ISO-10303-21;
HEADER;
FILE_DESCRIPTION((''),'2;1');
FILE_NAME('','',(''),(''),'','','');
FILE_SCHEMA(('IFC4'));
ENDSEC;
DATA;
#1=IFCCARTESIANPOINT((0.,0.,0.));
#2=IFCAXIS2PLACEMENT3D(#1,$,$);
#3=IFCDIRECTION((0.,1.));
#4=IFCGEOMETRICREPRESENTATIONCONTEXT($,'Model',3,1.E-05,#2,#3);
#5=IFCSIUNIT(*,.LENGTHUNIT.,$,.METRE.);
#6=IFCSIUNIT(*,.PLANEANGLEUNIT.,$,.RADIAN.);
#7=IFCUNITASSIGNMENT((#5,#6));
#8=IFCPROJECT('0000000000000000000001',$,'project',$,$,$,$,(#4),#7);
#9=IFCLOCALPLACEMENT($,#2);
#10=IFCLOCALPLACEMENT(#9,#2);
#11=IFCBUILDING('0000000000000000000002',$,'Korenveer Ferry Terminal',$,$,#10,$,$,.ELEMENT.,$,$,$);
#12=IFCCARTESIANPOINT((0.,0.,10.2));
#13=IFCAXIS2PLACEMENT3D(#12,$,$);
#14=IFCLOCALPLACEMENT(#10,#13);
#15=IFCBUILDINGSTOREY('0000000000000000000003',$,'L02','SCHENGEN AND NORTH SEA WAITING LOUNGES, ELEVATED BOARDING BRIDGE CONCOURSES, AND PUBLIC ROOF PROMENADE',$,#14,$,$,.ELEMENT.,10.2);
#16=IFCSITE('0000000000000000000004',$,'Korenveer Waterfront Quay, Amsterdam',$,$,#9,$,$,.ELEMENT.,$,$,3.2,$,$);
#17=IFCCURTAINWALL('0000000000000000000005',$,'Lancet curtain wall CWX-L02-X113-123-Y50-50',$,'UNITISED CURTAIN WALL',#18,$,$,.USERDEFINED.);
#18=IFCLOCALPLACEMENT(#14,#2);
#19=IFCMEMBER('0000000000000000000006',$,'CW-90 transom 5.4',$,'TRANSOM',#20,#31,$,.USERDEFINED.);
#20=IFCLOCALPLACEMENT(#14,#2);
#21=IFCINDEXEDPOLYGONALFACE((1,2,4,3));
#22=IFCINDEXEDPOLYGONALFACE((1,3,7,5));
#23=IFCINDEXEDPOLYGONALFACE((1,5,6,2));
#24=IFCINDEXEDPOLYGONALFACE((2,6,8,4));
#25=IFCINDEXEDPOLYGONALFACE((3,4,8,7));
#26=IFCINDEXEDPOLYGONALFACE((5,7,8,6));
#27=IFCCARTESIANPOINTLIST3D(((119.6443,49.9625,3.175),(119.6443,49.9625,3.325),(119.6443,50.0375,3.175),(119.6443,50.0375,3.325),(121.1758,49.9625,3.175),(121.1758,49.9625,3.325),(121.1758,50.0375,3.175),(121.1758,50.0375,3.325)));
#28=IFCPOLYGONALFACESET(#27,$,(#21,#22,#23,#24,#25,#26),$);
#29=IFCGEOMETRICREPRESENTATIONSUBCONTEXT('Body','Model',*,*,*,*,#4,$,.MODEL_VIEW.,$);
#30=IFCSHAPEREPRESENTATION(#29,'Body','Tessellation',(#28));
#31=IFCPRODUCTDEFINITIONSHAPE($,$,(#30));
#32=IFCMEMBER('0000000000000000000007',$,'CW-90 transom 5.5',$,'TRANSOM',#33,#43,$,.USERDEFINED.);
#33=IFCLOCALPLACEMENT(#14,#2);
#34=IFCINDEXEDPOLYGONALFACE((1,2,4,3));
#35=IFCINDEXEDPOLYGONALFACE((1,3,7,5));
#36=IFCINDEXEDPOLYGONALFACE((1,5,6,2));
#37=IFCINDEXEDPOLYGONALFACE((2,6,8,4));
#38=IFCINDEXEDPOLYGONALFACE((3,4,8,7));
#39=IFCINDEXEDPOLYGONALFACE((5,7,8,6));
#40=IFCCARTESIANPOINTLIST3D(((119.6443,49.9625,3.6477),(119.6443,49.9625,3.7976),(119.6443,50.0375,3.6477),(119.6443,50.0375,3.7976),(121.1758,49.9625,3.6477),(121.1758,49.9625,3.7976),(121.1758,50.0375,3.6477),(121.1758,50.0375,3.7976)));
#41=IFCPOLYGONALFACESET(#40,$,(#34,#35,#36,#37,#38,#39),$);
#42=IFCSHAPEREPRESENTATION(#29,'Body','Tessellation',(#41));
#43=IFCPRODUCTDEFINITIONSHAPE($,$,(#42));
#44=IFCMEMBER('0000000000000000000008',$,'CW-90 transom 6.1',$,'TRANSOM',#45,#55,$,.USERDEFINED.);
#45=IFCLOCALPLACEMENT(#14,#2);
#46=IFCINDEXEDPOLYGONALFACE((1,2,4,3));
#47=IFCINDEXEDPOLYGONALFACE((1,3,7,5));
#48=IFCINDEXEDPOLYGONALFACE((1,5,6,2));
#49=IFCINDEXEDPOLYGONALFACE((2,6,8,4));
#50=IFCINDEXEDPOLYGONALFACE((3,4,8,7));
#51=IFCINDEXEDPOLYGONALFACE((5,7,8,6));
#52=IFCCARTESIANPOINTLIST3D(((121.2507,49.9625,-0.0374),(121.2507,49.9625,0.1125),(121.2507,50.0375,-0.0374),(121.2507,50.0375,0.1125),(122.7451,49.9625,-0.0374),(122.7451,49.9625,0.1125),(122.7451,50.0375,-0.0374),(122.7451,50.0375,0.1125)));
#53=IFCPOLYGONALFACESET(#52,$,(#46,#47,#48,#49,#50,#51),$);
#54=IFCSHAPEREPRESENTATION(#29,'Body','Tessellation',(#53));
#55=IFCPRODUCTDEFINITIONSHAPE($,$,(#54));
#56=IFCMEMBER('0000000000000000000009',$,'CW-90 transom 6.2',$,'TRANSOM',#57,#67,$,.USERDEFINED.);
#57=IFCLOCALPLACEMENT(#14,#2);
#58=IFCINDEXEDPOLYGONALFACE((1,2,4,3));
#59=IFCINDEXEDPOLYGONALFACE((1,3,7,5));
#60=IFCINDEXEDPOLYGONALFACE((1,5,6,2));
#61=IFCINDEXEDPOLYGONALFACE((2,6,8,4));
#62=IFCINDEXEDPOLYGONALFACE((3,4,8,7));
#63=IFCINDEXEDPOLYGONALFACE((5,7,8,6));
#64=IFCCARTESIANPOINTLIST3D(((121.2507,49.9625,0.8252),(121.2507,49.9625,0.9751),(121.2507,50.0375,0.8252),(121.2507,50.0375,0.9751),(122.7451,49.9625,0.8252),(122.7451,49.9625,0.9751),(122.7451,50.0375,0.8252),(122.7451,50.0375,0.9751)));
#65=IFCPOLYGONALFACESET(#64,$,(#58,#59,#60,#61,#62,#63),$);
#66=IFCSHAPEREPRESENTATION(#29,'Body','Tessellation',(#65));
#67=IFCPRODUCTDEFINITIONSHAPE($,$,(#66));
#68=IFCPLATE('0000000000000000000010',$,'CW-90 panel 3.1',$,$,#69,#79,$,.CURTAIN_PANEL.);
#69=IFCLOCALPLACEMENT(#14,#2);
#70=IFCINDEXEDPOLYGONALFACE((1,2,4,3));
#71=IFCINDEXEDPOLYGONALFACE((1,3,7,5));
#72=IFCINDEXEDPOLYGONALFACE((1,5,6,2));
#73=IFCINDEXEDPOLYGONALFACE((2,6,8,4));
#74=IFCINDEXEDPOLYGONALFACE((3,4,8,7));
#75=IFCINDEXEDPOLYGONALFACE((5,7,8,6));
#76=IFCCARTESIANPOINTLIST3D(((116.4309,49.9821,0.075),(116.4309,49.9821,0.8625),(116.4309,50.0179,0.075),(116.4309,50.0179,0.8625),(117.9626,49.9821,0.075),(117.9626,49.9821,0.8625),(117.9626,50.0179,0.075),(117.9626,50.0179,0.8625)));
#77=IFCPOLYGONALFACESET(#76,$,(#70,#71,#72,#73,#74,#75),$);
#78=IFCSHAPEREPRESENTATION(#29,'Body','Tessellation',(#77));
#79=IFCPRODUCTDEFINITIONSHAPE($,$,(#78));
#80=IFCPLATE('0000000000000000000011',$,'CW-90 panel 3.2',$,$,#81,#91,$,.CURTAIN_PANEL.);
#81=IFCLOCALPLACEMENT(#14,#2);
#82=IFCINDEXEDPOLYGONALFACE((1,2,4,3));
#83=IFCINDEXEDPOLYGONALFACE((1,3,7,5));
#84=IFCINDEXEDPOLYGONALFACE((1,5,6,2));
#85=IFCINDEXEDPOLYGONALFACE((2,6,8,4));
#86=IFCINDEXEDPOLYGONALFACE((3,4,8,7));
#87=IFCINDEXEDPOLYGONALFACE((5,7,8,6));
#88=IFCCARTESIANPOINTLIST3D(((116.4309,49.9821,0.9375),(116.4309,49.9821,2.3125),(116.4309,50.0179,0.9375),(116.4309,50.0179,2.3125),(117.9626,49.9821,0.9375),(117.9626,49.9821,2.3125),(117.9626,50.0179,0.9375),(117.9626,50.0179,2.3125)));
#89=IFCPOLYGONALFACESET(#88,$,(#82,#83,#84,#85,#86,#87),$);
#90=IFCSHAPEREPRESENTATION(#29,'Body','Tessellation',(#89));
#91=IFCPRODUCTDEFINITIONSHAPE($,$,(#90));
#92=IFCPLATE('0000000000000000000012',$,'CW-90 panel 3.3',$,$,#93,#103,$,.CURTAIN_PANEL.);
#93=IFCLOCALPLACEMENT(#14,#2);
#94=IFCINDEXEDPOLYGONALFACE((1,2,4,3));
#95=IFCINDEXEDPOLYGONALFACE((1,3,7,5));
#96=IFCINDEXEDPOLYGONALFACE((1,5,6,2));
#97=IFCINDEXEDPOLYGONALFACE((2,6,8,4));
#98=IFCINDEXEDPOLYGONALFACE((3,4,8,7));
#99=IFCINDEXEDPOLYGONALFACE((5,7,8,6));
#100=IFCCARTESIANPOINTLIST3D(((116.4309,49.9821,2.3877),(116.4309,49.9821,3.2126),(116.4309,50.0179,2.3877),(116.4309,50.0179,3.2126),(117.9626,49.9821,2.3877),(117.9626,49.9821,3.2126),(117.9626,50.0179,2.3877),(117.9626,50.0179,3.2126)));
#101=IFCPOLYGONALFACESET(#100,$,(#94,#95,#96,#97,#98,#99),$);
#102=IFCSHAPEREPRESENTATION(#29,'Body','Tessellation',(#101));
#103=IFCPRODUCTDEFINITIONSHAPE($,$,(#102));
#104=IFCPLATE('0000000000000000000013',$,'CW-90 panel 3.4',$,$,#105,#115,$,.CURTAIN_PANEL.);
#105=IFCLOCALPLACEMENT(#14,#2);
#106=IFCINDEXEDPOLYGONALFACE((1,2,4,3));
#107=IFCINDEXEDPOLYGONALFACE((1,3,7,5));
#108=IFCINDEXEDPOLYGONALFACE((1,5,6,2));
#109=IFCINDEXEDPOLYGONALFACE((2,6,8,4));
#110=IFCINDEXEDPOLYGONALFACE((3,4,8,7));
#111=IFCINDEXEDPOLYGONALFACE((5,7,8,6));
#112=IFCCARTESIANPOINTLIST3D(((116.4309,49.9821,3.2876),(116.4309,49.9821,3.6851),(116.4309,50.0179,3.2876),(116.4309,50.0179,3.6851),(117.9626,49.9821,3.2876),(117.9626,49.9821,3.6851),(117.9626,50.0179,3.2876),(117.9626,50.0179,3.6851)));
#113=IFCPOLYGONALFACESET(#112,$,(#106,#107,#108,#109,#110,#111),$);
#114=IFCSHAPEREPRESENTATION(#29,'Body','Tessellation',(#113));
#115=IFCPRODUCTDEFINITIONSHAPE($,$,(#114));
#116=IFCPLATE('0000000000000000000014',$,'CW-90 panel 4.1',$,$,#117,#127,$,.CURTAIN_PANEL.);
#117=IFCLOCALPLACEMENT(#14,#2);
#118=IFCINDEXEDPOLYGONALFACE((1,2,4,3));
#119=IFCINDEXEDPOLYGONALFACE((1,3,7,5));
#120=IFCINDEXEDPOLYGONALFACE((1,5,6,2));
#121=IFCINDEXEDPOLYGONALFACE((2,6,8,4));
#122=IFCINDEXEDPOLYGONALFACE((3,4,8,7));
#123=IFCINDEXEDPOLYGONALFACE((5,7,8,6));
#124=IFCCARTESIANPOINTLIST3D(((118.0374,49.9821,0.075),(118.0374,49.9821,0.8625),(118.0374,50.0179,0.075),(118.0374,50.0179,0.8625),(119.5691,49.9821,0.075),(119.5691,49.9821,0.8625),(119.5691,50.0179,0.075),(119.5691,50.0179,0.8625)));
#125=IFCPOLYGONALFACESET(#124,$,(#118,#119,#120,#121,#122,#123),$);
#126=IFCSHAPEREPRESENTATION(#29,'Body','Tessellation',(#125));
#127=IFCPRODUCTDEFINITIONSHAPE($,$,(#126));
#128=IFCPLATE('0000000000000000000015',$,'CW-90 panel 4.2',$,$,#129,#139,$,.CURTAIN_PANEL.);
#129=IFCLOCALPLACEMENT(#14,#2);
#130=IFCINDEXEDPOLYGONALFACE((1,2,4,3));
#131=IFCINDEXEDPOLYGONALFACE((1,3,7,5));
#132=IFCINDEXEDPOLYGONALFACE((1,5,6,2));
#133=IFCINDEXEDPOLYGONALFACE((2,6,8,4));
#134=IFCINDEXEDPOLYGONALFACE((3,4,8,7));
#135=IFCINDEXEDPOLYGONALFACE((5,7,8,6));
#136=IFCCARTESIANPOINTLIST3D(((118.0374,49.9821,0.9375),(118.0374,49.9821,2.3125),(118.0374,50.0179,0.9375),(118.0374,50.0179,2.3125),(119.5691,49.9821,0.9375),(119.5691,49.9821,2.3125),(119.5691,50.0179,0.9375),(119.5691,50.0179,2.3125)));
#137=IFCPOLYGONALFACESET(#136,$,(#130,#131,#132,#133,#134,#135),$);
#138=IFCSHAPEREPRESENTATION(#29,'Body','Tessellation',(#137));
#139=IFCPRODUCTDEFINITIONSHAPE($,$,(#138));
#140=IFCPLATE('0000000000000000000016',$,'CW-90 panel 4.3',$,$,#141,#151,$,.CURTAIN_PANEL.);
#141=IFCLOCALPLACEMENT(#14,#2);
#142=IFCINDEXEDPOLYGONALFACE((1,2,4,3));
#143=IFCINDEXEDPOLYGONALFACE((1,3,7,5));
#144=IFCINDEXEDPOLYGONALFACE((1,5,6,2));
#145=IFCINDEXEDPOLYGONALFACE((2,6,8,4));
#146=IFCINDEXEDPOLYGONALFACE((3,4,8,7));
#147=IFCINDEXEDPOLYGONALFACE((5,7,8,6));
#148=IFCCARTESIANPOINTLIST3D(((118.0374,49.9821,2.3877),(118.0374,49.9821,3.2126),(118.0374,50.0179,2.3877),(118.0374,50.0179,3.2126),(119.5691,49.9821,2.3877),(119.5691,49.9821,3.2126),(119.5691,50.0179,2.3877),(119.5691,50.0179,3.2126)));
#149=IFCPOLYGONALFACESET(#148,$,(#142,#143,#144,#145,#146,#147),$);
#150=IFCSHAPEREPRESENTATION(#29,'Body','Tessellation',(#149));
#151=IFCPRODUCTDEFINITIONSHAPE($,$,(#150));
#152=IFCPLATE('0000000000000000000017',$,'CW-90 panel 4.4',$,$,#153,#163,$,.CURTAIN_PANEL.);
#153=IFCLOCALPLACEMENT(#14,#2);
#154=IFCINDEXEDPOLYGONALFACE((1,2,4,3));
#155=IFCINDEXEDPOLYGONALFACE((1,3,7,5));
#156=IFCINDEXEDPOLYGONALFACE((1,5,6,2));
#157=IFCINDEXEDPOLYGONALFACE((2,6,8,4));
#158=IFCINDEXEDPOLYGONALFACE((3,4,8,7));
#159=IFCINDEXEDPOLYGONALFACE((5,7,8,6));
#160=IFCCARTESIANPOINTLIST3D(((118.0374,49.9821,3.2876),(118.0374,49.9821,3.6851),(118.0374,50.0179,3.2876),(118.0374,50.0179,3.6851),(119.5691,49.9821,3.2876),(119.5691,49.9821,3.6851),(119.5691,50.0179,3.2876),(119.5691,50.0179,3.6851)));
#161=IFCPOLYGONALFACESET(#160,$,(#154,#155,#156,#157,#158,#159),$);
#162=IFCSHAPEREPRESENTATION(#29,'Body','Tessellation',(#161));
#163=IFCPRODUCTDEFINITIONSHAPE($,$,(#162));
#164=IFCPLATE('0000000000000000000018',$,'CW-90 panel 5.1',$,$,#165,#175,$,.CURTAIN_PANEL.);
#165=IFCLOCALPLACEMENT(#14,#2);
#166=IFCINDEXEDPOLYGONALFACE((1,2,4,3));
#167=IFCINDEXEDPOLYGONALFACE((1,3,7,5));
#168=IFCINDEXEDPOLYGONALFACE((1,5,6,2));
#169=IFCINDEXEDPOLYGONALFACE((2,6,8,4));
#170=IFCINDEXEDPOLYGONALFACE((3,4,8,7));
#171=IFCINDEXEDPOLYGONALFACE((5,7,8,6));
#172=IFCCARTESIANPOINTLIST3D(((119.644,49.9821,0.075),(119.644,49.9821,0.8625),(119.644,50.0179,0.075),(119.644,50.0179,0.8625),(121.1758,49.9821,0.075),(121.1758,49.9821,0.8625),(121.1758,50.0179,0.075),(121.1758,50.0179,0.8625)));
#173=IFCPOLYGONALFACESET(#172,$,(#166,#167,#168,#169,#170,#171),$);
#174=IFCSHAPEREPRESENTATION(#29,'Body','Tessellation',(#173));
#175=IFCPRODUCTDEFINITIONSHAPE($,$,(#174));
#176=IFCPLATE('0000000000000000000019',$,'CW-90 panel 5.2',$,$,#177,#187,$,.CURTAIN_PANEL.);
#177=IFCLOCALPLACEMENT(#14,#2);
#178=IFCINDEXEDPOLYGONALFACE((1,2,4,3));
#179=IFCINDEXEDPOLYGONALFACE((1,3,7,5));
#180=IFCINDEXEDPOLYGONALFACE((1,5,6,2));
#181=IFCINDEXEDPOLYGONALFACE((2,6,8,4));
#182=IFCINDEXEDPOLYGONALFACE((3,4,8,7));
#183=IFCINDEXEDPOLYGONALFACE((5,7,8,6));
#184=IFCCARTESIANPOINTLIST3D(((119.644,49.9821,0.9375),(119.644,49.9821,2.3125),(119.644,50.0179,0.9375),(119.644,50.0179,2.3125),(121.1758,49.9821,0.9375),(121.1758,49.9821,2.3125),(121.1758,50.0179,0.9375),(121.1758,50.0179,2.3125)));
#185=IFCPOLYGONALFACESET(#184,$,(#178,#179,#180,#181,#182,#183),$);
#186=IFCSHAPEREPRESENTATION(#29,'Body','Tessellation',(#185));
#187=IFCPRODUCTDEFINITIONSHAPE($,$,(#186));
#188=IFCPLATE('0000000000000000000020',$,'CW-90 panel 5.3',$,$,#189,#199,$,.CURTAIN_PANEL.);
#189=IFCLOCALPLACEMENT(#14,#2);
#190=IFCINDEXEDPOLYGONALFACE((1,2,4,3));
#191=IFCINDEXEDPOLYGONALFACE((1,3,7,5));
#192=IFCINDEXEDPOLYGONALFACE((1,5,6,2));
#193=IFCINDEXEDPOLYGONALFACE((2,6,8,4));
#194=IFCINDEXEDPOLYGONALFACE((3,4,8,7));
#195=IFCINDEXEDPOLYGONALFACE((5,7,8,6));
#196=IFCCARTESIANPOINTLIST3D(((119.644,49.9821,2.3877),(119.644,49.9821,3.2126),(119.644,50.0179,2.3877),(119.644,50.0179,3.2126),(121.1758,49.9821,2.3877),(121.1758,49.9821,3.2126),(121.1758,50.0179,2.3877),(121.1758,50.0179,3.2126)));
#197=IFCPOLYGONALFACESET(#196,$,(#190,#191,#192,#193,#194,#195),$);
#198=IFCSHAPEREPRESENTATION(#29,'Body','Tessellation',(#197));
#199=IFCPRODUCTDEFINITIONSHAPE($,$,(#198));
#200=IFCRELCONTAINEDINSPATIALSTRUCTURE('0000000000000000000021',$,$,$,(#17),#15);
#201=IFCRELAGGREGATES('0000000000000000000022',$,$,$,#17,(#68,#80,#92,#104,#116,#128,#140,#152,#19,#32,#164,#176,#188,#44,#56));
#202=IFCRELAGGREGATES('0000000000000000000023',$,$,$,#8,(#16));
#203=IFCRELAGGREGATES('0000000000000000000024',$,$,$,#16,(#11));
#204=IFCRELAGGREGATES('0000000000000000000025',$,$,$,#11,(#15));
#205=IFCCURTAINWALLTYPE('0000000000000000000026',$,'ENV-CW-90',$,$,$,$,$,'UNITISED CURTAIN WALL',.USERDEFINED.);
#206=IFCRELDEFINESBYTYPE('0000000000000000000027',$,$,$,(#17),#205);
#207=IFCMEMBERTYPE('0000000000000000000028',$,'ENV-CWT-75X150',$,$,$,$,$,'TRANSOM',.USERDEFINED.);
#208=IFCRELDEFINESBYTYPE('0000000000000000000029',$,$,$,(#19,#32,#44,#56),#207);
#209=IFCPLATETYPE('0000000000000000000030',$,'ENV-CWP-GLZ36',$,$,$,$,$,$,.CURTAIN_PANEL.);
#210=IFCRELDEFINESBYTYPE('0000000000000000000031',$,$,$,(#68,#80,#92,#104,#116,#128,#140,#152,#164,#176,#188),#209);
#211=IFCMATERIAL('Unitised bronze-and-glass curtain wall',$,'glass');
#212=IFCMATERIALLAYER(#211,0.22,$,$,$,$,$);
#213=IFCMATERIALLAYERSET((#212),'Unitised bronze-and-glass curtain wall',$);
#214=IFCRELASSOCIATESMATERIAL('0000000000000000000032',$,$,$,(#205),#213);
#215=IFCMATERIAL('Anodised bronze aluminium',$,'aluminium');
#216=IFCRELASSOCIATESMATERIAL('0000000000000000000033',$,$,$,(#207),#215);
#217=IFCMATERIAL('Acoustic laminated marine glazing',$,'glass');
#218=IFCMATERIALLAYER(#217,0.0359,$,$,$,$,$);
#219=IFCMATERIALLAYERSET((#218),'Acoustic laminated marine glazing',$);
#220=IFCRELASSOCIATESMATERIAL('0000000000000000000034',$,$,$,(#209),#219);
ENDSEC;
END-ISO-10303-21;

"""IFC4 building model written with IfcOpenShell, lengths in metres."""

from ifc_helpers import new_model, si_unit, direction, frame, origin, origin_2d, place, context, subcontext, project, spatial, rectangle, extrude, material, layer, layer_set, material_profile, profile_set, type_object, element, aggregate, save


model = new_model("IFC4")

# Units and contexts
model_context = context("Model", 3, precision=1e-05, world=origin(), true_north=direction((0.0, 1.0)))
body_context = subcontext(model_context, "Body", "Model", "MODEL_VIEW")
ifc_project = project(units=[si_unit("LENGTHUNIT", "METRE"), si_unit("PLANEANGLEUNIT", "RADIAN")], contexts=[model_context])

# Site, building, storey
site_placement = place(None, origin())
site = spatial("IfcSite", under=ifc_project, at=site_placement, Name="Korenveer Waterfront Quay, Amsterdam", CompositionType="ELEMENT", RefElevation=3.2)
building_placement = place(site_placement, origin())
building = spatial("IfcBuilding", under=site, at=building_placement, Name="Korenveer Ferry Terminal", CompositionType="ELEMENT")
storey_placement = place(building_placement, frame((0.0, 0.0, 10.2)))
storey = spatial("IfcBuildingStorey", under=building, at=storey_placement, Name="L02", Description="SCHENGEN AND NORTH SEA WAITING LOUNGES, ELEVATED BOARDING BRIDGE CONCOURSES, AND PUBLIC ROOF PROMENADE", CompositionType="ELEMENT", Elevation=10.2)

# Curtain wall, members, plates
ifc_material_1 = material(Name="Unitised bronze-and-glass curtain wall", Category="glass")
ifc_layer_1 = layer(ifc_material_1, 0.22)
ifc_layer_set_1 = layer_set([ifc_layer_1], Name="Unitised bronze-and-glass curtain wall")
curtain_wall_type = type_object("IfcCurtainWallType", Name="ENV-CW-90", ElementType="UNITISED CURTAIN WALL", PredefinedType="USERDEFINED", material=ifc_layer_set_1)
curtain_wall_placement = place(storey_placement, frame((113.1799, 50.0, 0.0)))
curtain_wall = element("IfcCurtainWall", 1, at=curtain_wall_placement, inside=storey, type_object=curtain_wall_type, Name="Lancet curtain wall CWX-L02-X113-123-Y50-50", ObjectType="UNITISED CURTAIN WALL", PredefinedType="USERDEFINED")
ifc_material_2 = material(Name="Anodised bronze aluminium", Category="aluminium")
ifc_material_profile_1 = material_profile(ifc_material_2, rectangle(XDim=0.075, YDim=0.1499, at=origin_2d()), Name="ALU 75x150")
ifc_profile_set_1 = profile_set([ifc_material_profile_1], Name="Anodised bronze aluminium")
member_type_1 = type_object("IfcMemberType", Name="ENV-CWT-75X150", ElementType="TRANSOM", PredefinedType="USERDEFINED", material=ifc_profile_set_1)
member_1_placement = place(storey_placement, frame((119.6443, 50.0, 3.25), z_axis=(1.0, 0.0, 0.0), x_axis=(0.0, 1.0, 0.0)))
member_1 = element("IfcMember", 2, at=member_1_placement, type_object=member_type_1, Name="CW-90 transom 5.4", ObjectType="TRANSOM", PredefinedType="USERDEFINED", context=body_context, shape_type="SweptSolid", body=[
    extrude(rectangle(XDim=0.075, YDim=0.1499, at=origin_2d()), origin(), (0.0, 0.0, 1.0), 1.5315),
])
member_2_placement = place(storey_placement, frame((119.6443, 50.0, 3.7227), z_axis=(1.0, 0.0, 0.0), x_axis=(0.0, 1.0, 0.0)))
member_2 = element("IfcMember", 3, at=member_2_placement, type_object=member_type_1, Name="CW-90 transom 5.5", ObjectType="TRANSOM", PredefinedType="USERDEFINED", context=body_context, shape_type="SweptSolid", body=[
    extrude(rectangle(XDim=0.075, YDim=0.1499, at=origin_2d()), origin(), (0.0, 0.0, 1.0), 1.5315),
])
member_3_placement = place(storey_placement, frame((121.2507, 50.0, 0.0376), z_axis=(1.0, 0.0, 0.0), x_axis=(0.0, 1.0, 0.0)))
member_3 = element("IfcMember", 4, at=member_3_placement, type_object=member_type_1, Name="CW-90 transom 6.1", ObjectType="TRANSOM", PredefinedType="USERDEFINED", context=body_context, shape_type="SweptSolid", body=[
    extrude(rectangle(XDim=0.075, YDim=0.1499, at=origin_2d()), origin(), (0.0, 0.0, 1.0), 1.4944),
])
member_4_placement = place(storey_placement, frame((121.2507, 50.0, 0.9001), z_axis=(1.0, 0.0, 0.0), x_axis=(0.0, 1.0, 0.0)))
member_4 = element("IfcMember", 5, at=member_4_placement, type_object=member_type_1, Name="CW-90 transom 6.2", ObjectType="TRANSOM", PredefinedType="USERDEFINED", context=body_context, shape_type="SweptSolid", body=[
    extrude(rectangle(XDim=0.075, YDim=0.1499, at=origin_2d()), origin(), (0.0, 0.0, 1.0), 1.4944),
])
ifc_material_3 = material(Name="Acoustic laminated marine glazing", Category="glass")
ifc_layer_2 = layer(ifc_material_3, 0.0359)
ifc_layer_set_2 = layer_set([ifc_layer_2], Name="Acoustic laminated marine glazing")
plate_type = type_object("IfcPlateType", Name="ENV-CWP-GLZ36", PredefinedType="CURTAIN_PANEL", material=ifc_layer_set_2)
plate_1_placement = place(storey_placement, frame((117.1968, 50.0, 0.075), z_axis=(0.0, 0.0, 1.0), x_axis=(1.0, 0.0, 0.0)))
plate_1 = element("IfcPlate", 6, at=plate_1_placement, type_object=plate_type, Name="CW-90 panel 3.1", PredefinedType="CURTAIN_PANEL", context=body_context, shape_type="SweptSolid", body=[
    extrude(rectangle(XDim=1.5317, YDim=0.0359, at=origin_2d()), origin(), (0.0, 0.0, 1.0), 0.7876),
])
plate_2_placement = place(storey_placement, frame((117.1968, 50.0, 0.9375), z_axis=(0.0, 0.0, 1.0), x_axis=(1.0, 0.0, 0.0)))
plate_2 = element("IfcPlate", 7, at=plate_2_placement, type_object=plate_type, Name="CW-90 panel 3.2", PredefinedType="CURTAIN_PANEL", context=body_context, shape_type="SweptSolid", body=[
    extrude(rectangle(XDim=1.5317, YDim=0.0359, at=origin_2d()), origin(), (0.0, 0.0, 1.0), 1.375),
])
plate_3_placement = place(storey_placement, frame((117.1968, 50.0, 2.3877), z_axis=(0.0, 0.0, 1.0), x_axis=(1.0, 0.0, 0.0)))
plate_3 = element("IfcPlate", 8, at=plate_3_placement, type_object=plate_type, Name="CW-90 panel 3.3", PredefinedType="CURTAIN_PANEL", context=body_context, shape_type="SweptSolid", body=[
    extrude(rectangle(XDim=1.5317, YDim=0.0359, at=origin_2d()), origin(), (0.0, 0.0, 1.0), 0.825),
])
plate_4_placement = place(storey_placement, frame((117.1968, 50.0, 3.2876), z_axis=(0.0, 0.0, 1.0), x_axis=(1.0, 0.0, 0.0)))
plate_4 = element("IfcPlate", 9, at=plate_4_placement, type_object=plate_type, Name="CW-90 panel 3.4", PredefinedType="CURTAIN_PANEL", context=body_context, shape_type="SweptSolid", body=[
    extrude(rectangle(XDim=1.5317, YDim=0.0359, at=origin_2d()), origin(), (0.0, 0.0, 1.0), 0.3975),
])
plate_5_placement = place(storey_placement, frame((118.8032, 50.0, 0.075), z_axis=(0.0, 0.0, 1.0), x_axis=(1.0, 0.0, 0.0)))
plate_5 = element("IfcPlate", 10, at=plate_5_placement, type_object=plate_type, Name="CW-90 panel 4.1", PredefinedType="CURTAIN_PANEL", context=body_context, shape_type="SweptSolid", body=[
    extrude(rectangle(XDim=1.5317, YDim=0.0359, at=origin_2d()), origin(), (0.0, 0.0, 1.0), 0.7876),
])
plate_6_placement = place(storey_placement, frame((118.8032, 50.0, 0.9375), z_axis=(0.0, 0.0, 1.0), x_axis=(1.0, 0.0, 0.0)))
plate_6 = element("IfcPlate", 11, at=plate_6_placement, type_object=plate_type, Name="CW-90 panel 4.2", PredefinedType="CURTAIN_PANEL", context=body_context, shape_type="SweptSolid", body=[
    extrude(rectangle(XDim=1.5317, YDim=0.0359, at=origin_2d()), origin(), (0.0, 0.0, 1.0), 1.375),
])
plate_7_placement = place(storey_placement, frame((118.8032, 50.0, 2.3877), z_axis=(0.0, 0.0, 1.0), x_axis=(1.0, 0.0, 0.0)))
plate_7 = element("IfcPlate", 12, at=plate_7_placement, type_object=plate_type, Name="CW-90 panel 4.3", PredefinedType="CURTAIN_PANEL", context=body_context, shape_type="SweptSolid", body=[
    extrude(rectangle(XDim=1.5317, YDim=0.0359, at=origin_2d()), origin(), (0.0, 0.0, 1.0), 0.825),
])
plate_8_placement = place(storey_placement, frame((118.8032, 50.0, 3.2876), z_axis=(0.0, 0.0, 1.0), x_axis=(1.0, 0.0, 0.0)))
plate_8 = element("IfcPlate", 13, at=plate_8_placement, type_object=plate_type, Name="CW-90 panel 4.4", PredefinedType="CURTAIN_PANEL", context=body_context, shape_type="SweptSolid", body=[
    extrude(rectangle(XDim=1.5317, YDim=0.0359, at=origin_2d()), origin(), (0.0, 0.0, 1.0), 0.3975),
])
plate_9_placement = place(storey_placement, frame((120.4099, 50.0, 0.075), z_axis=(0.0, 0.0, 1.0), x_axis=(1.0, 0.0, 0.0)))
plate_9 = element("IfcPlate", 14, at=plate_9_placement, type_object=plate_type, Name="CW-90 panel 5.1", PredefinedType="CURTAIN_PANEL", context=body_context, shape_type="SweptSolid", body=[
    extrude(rectangle(XDim=1.5317, YDim=0.0359, at=origin_2d()), origin(), (0.0, 0.0, 1.0), 0.7876),
])
plate_10_placement = place(storey_placement, frame((120.4099, 50.0, 0.9375), z_axis=(0.0, 0.0, 1.0), x_axis=(1.0, 0.0, 0.0)))
plate_10 = element("IfcPlate", 15, at=plate_10_placement, type_object=plate_type, Name="CW-90 panel 5.2", PredefinedType="CURTAIN_PANEL", context=body_context, shape_type="SweptSolid", body=[
    extrude(rectangle(XDim=1.5317, YDim=0.0359, at=origin_2d()), origin(), (0.0, 0.0, 1.0), 1.375),
])
plate_11_placement = place(storey_placement, frame((120.4099, 50.0, 2.3877), z_axis=(0.0, 0.0, 1.0), x_axis=(1.0, 0.0, 0.0)))
plate_11 = element("IfcPlate", 16, at=plate_11_placement, type_object=plate_type, Name="CW-90 panel 5.3", PredefinedType="CURTAIN_PANEL", context=body_context, shape_type="SweptSolid", body=[
    extrude(rectangle(XDim=1.5317, YDim=0.0359, at=origin_2d()), origin(), (0.0, 0.0, 1.0), 0.825),
])
aggregate(curtain_wall, [plate_1, plate_2, plate_3, plate_4, plate_5, plate_6, plate_7, plate_8, member_1, member_2, plate_9, plate_10, plate_11, member_3, member_4])

save(model, "model.ifc")
